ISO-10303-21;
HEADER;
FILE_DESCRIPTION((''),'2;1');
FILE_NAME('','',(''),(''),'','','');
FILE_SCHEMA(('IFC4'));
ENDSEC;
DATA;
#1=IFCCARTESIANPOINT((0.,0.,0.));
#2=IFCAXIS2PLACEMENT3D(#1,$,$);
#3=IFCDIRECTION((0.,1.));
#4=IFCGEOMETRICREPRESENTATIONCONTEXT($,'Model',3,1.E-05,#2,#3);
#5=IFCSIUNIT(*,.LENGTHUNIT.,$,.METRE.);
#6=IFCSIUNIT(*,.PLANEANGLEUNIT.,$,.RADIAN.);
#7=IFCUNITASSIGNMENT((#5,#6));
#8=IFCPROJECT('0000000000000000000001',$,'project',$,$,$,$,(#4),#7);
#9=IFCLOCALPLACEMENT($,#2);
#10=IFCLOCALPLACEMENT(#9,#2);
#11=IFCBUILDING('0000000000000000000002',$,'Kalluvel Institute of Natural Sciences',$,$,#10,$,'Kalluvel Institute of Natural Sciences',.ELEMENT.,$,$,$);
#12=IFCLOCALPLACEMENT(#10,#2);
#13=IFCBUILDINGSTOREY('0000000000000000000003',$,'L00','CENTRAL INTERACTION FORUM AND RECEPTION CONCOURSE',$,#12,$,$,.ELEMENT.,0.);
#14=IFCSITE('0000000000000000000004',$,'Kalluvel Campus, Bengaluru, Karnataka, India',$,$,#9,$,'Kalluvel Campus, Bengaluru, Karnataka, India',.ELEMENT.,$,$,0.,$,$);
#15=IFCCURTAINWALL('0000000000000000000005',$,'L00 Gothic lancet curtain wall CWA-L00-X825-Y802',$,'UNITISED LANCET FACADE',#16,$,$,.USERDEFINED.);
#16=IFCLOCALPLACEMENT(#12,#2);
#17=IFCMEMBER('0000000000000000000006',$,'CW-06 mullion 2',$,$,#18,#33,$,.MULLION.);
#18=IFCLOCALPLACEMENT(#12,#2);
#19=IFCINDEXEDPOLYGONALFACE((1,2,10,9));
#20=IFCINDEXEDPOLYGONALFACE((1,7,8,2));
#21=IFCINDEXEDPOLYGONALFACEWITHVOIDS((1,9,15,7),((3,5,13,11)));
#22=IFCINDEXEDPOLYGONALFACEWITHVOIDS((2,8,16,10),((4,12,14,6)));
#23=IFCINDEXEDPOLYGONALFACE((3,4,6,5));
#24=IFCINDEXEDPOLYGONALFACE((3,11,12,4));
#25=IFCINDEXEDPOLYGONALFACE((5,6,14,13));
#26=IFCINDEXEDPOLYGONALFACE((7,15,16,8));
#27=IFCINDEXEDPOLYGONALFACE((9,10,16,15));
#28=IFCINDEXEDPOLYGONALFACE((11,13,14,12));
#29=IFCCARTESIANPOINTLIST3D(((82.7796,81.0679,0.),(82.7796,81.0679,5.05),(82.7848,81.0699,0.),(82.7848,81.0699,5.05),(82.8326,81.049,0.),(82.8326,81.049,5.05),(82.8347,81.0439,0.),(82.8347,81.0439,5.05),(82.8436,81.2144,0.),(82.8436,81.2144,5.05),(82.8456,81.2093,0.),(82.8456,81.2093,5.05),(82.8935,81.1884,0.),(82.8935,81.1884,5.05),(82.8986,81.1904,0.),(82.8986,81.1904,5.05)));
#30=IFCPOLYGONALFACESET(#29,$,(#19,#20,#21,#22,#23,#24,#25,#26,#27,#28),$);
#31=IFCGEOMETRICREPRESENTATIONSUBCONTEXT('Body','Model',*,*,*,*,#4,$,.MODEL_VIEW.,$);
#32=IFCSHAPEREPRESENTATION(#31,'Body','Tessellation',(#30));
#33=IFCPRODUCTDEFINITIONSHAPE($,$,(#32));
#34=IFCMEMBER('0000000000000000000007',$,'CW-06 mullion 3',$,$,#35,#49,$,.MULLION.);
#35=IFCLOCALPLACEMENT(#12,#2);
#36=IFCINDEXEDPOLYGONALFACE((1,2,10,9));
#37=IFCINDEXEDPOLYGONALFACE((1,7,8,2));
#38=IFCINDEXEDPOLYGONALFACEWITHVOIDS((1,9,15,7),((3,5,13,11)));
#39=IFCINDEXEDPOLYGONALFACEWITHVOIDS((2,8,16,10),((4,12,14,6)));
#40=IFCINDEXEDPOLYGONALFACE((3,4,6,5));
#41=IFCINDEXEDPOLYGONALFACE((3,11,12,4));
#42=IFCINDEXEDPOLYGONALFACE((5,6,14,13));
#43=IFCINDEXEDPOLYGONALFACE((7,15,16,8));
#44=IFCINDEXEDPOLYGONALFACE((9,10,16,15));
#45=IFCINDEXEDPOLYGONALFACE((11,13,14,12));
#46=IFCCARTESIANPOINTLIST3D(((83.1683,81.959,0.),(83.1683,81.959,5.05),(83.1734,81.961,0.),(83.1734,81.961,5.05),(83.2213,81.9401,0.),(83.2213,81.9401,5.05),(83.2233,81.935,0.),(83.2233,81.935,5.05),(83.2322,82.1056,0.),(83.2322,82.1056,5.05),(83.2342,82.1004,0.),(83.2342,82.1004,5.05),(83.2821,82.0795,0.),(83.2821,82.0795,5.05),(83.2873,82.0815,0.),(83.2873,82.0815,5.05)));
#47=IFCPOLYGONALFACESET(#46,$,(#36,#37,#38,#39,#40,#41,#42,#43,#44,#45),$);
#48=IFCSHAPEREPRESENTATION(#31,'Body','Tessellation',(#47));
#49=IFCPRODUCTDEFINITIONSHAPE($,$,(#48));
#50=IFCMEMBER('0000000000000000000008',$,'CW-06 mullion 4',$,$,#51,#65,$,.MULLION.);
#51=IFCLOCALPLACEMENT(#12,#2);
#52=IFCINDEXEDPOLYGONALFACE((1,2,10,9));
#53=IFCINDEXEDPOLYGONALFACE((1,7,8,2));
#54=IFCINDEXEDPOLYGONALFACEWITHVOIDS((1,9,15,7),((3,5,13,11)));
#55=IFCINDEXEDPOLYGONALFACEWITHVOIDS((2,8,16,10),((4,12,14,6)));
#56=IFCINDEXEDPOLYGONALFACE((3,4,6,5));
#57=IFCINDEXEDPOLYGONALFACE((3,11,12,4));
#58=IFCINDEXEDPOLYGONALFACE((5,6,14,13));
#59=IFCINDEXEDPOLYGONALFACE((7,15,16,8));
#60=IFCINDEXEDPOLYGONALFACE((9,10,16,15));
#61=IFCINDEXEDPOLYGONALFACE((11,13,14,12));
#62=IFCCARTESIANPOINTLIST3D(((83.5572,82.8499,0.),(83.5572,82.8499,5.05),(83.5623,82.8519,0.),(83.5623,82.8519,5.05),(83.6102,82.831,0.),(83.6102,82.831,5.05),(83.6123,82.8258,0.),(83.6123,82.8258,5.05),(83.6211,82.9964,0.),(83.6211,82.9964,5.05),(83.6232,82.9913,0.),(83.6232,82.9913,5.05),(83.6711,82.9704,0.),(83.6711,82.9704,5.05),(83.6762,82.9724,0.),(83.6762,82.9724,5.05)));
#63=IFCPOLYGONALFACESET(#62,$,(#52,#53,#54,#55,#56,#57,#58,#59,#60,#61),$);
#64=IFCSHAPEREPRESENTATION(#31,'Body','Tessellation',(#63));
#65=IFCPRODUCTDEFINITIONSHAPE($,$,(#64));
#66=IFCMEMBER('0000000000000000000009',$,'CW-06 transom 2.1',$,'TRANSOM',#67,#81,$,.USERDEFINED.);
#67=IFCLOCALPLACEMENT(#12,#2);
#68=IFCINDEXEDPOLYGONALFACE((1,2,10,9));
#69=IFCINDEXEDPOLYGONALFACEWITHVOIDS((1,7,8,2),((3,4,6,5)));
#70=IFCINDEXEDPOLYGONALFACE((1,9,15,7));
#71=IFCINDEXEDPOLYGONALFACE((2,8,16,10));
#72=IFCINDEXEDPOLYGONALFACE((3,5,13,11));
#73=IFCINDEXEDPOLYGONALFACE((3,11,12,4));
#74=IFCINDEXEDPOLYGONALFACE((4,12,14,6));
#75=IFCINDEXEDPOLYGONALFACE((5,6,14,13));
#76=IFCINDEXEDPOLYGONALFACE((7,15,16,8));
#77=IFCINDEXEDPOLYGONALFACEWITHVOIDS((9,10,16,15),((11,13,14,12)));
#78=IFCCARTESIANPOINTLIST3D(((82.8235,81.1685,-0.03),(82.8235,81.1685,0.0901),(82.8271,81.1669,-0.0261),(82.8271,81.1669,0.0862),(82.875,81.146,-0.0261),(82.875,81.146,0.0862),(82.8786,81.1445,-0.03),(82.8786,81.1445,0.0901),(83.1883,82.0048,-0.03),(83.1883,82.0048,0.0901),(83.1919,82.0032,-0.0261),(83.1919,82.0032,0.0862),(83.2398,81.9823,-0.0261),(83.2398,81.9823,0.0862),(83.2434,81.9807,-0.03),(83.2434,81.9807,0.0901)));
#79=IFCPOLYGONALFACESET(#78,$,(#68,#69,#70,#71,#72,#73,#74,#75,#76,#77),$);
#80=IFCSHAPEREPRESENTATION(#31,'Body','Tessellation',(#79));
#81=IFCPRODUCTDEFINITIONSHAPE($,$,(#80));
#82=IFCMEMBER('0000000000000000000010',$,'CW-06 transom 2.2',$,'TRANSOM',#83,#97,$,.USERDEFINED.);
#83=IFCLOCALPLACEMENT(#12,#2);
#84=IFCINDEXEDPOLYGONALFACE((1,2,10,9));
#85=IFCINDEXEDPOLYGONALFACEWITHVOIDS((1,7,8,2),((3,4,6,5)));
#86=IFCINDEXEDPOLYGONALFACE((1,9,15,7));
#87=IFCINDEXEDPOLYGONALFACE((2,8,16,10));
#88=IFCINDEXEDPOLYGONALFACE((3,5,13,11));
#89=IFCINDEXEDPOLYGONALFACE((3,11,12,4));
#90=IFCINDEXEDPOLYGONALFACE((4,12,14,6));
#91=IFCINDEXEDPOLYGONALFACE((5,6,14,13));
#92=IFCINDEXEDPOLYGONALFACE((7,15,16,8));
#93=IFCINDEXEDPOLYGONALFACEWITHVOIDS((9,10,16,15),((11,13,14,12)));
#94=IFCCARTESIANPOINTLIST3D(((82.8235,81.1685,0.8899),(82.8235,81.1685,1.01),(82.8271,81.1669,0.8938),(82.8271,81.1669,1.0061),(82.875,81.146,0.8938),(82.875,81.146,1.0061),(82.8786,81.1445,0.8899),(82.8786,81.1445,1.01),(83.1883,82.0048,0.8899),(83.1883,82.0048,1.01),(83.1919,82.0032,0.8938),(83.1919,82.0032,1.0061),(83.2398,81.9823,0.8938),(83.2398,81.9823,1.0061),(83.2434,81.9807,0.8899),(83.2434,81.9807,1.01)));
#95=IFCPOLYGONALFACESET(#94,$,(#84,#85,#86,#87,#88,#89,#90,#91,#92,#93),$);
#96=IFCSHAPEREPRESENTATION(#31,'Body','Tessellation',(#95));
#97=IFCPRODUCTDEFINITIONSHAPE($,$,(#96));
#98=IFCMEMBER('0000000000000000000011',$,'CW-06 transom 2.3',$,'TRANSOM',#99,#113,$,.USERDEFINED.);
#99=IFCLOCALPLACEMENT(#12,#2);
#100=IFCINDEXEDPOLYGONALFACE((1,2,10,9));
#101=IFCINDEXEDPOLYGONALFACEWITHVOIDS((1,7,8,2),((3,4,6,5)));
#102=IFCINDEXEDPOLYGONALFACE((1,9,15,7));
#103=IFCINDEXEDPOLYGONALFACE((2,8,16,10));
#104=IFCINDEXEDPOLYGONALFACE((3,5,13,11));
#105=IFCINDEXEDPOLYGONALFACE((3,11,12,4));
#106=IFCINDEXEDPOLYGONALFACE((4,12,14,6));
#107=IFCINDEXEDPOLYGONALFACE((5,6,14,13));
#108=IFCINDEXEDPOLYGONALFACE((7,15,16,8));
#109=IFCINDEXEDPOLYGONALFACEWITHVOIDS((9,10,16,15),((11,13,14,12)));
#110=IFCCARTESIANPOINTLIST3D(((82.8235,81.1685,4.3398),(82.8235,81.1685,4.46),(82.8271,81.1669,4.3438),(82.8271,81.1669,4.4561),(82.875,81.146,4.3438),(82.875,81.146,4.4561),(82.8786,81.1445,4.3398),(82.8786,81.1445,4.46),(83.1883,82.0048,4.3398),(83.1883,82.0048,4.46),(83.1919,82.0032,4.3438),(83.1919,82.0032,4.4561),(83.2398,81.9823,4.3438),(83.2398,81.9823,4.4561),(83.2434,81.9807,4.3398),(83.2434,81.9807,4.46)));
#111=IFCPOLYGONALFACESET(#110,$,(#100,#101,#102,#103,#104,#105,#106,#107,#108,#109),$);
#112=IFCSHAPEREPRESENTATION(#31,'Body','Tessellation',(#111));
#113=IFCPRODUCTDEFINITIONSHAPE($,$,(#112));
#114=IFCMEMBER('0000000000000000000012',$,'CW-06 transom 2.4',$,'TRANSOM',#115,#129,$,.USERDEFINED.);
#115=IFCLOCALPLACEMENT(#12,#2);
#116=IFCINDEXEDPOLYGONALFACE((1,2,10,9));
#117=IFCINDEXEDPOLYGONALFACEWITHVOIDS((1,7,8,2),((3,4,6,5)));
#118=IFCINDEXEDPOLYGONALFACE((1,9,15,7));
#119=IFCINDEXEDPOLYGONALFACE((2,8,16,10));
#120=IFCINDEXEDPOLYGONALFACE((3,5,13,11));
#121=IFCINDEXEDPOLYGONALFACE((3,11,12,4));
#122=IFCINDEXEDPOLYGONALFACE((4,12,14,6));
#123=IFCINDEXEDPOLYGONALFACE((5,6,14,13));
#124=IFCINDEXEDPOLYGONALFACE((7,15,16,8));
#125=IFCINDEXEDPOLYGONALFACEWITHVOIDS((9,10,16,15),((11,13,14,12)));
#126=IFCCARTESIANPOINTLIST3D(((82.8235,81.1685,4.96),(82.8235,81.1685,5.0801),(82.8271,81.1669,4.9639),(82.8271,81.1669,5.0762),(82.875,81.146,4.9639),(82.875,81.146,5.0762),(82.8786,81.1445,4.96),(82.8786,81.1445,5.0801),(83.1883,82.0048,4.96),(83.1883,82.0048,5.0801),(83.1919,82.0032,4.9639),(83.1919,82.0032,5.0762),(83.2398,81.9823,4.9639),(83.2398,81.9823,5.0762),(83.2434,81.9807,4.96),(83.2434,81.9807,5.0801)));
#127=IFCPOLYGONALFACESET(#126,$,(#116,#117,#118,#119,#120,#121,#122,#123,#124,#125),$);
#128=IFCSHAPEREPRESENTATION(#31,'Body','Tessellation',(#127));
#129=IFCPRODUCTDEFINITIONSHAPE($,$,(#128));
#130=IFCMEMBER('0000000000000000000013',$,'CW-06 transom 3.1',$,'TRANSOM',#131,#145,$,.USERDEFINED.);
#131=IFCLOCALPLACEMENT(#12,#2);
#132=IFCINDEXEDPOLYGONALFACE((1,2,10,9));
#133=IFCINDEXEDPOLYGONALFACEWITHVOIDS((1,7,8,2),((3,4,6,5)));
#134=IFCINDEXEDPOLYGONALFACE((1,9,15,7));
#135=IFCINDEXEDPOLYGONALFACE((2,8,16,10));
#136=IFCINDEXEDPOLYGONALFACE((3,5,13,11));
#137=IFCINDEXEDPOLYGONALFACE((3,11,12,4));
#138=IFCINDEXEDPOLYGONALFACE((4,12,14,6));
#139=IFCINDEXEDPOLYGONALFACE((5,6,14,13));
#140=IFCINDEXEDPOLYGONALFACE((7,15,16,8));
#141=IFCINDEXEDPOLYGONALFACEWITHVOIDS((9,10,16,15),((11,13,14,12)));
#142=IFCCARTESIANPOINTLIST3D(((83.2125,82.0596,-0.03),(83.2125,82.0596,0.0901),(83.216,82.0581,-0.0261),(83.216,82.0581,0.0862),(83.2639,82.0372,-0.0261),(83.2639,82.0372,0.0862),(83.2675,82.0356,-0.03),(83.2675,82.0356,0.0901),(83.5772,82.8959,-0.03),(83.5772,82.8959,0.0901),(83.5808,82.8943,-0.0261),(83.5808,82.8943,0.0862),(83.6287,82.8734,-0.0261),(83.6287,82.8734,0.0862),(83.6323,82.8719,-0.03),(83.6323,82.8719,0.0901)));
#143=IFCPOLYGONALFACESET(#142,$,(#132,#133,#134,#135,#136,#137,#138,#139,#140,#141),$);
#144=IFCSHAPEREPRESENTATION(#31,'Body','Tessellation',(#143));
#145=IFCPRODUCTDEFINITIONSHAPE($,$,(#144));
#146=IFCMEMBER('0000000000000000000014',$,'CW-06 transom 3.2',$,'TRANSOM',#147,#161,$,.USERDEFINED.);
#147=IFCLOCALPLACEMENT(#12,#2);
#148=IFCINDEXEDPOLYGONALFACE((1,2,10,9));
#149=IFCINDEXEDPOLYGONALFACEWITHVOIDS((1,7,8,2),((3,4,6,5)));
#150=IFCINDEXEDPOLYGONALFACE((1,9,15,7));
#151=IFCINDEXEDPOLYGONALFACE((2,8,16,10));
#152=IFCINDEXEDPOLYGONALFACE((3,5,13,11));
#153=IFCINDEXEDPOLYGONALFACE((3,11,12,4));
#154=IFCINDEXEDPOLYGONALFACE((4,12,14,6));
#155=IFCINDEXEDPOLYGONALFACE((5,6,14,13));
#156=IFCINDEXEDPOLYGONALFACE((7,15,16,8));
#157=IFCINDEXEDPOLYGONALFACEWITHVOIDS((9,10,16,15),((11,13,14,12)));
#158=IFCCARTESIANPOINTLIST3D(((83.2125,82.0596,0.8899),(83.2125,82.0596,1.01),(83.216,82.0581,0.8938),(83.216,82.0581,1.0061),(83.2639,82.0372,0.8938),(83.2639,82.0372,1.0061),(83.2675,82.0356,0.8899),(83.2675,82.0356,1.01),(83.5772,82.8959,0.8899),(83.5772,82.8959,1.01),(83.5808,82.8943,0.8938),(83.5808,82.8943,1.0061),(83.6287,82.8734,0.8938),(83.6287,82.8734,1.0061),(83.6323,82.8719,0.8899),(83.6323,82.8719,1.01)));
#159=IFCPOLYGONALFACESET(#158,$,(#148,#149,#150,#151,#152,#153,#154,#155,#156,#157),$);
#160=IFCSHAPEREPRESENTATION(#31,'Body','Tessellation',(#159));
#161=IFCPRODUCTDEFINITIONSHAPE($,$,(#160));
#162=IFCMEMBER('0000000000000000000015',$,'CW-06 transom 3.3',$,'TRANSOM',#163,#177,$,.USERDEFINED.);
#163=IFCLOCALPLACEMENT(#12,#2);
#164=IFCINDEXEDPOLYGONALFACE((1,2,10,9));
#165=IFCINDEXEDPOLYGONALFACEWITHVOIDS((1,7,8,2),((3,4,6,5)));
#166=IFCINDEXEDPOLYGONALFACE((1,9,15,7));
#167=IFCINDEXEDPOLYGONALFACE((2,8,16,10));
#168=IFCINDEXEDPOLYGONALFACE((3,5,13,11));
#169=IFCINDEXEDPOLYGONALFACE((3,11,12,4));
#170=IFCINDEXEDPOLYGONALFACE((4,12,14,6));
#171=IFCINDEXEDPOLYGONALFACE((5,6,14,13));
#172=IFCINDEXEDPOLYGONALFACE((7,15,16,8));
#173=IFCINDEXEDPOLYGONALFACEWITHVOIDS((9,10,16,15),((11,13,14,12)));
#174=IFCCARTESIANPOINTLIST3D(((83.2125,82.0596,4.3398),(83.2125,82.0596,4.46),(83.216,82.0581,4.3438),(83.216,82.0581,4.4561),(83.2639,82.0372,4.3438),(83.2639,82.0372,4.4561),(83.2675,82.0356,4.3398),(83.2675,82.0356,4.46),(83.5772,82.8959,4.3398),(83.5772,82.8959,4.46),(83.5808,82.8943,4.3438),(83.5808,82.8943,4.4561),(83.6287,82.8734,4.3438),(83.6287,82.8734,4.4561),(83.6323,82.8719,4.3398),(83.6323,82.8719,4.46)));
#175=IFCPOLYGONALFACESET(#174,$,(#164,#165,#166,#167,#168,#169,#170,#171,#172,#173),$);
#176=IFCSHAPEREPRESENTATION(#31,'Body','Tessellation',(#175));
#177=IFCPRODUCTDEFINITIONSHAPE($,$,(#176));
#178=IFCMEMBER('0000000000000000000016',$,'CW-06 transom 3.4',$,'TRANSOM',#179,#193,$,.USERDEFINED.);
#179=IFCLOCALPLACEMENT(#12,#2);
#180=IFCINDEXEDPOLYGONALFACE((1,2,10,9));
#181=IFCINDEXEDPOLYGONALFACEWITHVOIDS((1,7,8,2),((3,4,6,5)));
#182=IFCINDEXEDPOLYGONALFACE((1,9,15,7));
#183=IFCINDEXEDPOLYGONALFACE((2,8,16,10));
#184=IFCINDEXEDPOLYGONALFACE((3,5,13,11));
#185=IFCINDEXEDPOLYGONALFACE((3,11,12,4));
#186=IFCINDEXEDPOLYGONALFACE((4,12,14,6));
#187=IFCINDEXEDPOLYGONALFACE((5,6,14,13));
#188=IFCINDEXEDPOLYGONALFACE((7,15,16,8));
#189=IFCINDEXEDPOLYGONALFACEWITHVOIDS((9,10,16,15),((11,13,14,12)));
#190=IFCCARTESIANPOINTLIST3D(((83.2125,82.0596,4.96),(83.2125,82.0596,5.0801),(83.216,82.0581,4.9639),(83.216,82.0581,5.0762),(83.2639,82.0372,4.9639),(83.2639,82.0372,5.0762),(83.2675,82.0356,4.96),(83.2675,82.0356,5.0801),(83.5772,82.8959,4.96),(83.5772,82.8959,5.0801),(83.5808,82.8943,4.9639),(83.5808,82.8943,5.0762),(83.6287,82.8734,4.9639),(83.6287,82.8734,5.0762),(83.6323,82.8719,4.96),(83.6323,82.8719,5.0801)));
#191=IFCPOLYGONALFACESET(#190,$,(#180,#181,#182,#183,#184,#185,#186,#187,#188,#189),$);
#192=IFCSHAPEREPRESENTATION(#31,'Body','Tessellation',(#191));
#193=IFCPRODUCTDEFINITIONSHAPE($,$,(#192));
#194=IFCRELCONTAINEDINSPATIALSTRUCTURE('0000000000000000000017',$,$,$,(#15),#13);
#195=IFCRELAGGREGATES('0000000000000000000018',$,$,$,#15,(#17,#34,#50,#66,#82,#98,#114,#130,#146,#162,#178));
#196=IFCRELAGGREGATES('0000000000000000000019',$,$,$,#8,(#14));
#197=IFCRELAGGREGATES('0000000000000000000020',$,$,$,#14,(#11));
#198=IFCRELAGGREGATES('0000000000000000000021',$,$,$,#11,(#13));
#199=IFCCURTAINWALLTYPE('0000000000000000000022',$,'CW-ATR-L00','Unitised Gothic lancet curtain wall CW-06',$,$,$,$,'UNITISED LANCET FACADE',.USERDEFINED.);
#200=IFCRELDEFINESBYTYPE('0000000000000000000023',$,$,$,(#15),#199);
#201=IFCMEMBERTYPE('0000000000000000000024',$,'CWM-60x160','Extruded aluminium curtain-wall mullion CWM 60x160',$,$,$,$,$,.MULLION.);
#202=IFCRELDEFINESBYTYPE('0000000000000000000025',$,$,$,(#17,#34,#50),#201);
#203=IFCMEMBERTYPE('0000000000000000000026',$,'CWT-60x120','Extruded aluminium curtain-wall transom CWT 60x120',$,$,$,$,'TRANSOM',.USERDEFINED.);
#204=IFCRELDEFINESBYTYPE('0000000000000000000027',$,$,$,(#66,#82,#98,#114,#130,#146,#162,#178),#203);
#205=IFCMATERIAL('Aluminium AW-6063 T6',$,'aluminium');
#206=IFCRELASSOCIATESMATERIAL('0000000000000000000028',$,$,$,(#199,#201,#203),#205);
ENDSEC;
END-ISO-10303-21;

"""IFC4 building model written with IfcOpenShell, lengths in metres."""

from ifc_helpers import new_model, si_unit, direction, frame, origin, origin_2d, place, context, subcontext, project, spatial, hollow_rectangle, extrude, material, material_profile, profile_set, type_object, element, aggregate, save


model = new_model("IFC4")

# Units and contexts
model_context = context("Model", 3, precision=1e-05, world=origin(), true_north=direction((0.0, 1.0)))
body_context = subcontext(model_context, "Body", "Model", "MODEL_VIEW")
ifc_project = project(units=[si_unit("LENGTHUNIT", "METRE"), si_unit("PLANEANGLEUNIT", "RADIAN")], contexts=[model_context])

# Site, building, storey
site_placement = place(None, origin())
site = spatial("IfcSite", under=ifc_project, at=site_placement, Name="Kalluvel Campus, Bengaluru, Karnataka, India", LongName="Kalluvel Campus, Bengaluru, Karnataka, India", CompositionType="ELEMENT", RefElevation=0.0)
building_placement = place(site_placement, origin())
building = spatial("IfcBuilding", under=site, at=building_placement, Name="Kalluvel Institute of Natural Sciences", LongName="Kalluvel Institute of Natural Sciences", CompositionType="ELEMENT")
storey_placement = place(building_placement, origin())
storey = spatial("IfcBuildingStorey", under=building, at=storey_placement, Name="L00", Description="CENTRAL INTERACTION FORUM AND RECEPTION CONCOURSE", CompositionType="ELEMENT", Elevation=0.0)

# Curtain wall, members
ifc_material_1 = material(Name="Aluminium AW-6063 T6", Category="aluminium")
curtain_wall_type = type_object("IfcCurtainWallType", Name="CW-ATR-L00", Description="Unitised Gothic lancet curtain wall CW-06", ElementType="UNITISED LANCET FACADE", PredefinedType="USERDEFINED", material=ifc_material_1)
curtain_wall_placement = place(storey_placement, origin())
curtain_wall = element("IfcCurtainWall", 1, at=curtain_wall_placement, inside=storey, type_object=curtain_wall_type, Name="L00 Gothic lancet curtain wall CWA-L00-X825-Y802", ObjectType="UNITISED LANCET FACADE", PredefinedType="USERDEFINED")
ifc_material_profile_1 = material_profile(ifc_material_1, hollow_rectangle(XDim=0.0601, YDim=0.1599, WallThickness=0.0039, at=origin_2d()), Name="CWM 60x160")
ifc_profile_set_1 = profile_set([ifc_material_profile_1], Name="Aluminium AW-6063 T6")
member_type_1 = type_object("IfcMemberType", Name="CWM-60x160", Description="Extruded aluminium curtain-wall mullion CWM 60x160", PredefinedType="MULLION", material=ifc_profile_set_1)
member_1_placement = place(storey_placement, frame((82.8391, 81.1292, 0.0), z_axis=(0.0, 0.0, 1.0), x_axis=(-0.916571, 0.399873, 0.0)))
member_1 = element("IfcMember", 2, at=member_1_placement, type_object=member_type_1, Name="CW-06 mullion 2", PredefinedType="MULLION", context=body_context, shape_type="SweptSolid", body=[
    extrude(hollow_rectangle(XDim=0.0601, YDim=0.1599, WallThickness=0.0039, at=origin_2d()), origin(), (0.0, 0.0, 1.0), 5.05),
])
member_2_placement = place(storey_placement, frame((83.2278, 82.0203, 0.0), z_axis=(0.0, 0.0, 1.0), x_axis=(-0.916571, 0.399873, 0.0)))
member_2 = element("IfcMember", 3, at=member_2_placement, type_object=member_type_1, Name="CW-06 mullion 3", PredefinedType="MULLION", context=body_context, shape_type="SweptSolid", body=[
    extrude(hollow_rectangle(XDim=0.0601, YDim=0.1599, WallThickness=0.0039, at=origin_2d()), origin(), (0.0, 0.0, 1.0), 5.05),
])
member_3_placement = place(storey_placement, frame((83.6167, 82.9111, 0.0), z_axis=(0.0, 0.0, 1.0), x_axis=(-0.916571, 0.399873, 0.0)))
member_3 = element("IfcMember", 4, at=member_3_placement, type_object=member_type_1, Name="CW-06 mullion 4", PredefinedType="MULLION", context=body_context, shape_type="SweptSolid", body=[
    extrude(hollow_rectangle(XDim=0.0601, YDim=0.1599, WallThickness=0.0039, at=origin_2d()), origin(), (0.0, 0.0, 1.0), 5.05),
])
ifc_material_profile_2 = material_profile(ifc_material_1, hollow_rectangle(XDim=0.0601, YDim=0.1201, WallThickness=0.0039, at=origin_2d()), Name="CWT 60x120")
ifc_profile_set_2 = profile_set([ifc_material_profile_2], Name="Aluminium AW-6063 T6")
member_type_2 = type_object("IfcMemberType", Name="CWT-60x120", Description="Extruded aluminium curtain-wall transom CWT 60x120", ElementType="TRANSOM", PredefinedType="USERDEFINED", material=ifc_profile_set_2)
member_4_placement = place(storey_placement, frame((82.8511, 81.1565, 0.03), z_axis=(0.399822, 0.916593, 0.0), x_axis=(-0.916593, 0.399822, 0.0)))
member_4 = element("IfcMember", 5, at=member_4_placement, type_object=member_type_2, Name="CW-06 transom 2.1", ObjectType="TRANSOM", PredefinedType="USERDEFINED", context=body_context, shape_type="SweptSolid", body=[
    extrude(hollow_rectangle(XDim=0.0601, YDim=0.1201, WallThickness=0.0039, at=origin_2d()), origin(), (0.0, 0.0, 1.0), 0.9124),
])
member_5_placement = place(storey_placement, frame((82.8511, 81.1565, 0.95), z_axis=(0.399822, 0.916593, 0.0), x_axis=(-0.916593, 0.399822, 0.0)))
member_5 = element("IfcMember", 6, at=member_5_placement, type_object=member_type_2, Name="CW-06 transom 2.2", ObjectType="TRANSOM", PredefinedType="USERDEFINED", context=body_context, shape_type="SweptSolid", body=[
    extrude(hollow_rectangle(XDim=0.0601, YDim=0.1201, WallThickness=0.0039, at=origin_2d()), origin(), (0.0, 0.0, 1.0), 0.9124),
])
member_6_placement = place(storey_placement, frame((82.8511, 81.1565, 4.3999), z_axis=(0.399822, 0.916593, 0.0), x_axis=(-0.916593, 0.399822, 0.0)))
member_6 = element("IfcMember", 7, at=member_6_placement, type_object=member_type_2, Name="CW-06 transom 2.3", ObjectType="TRANSOM", PredefinedType="USERDEFINED", context=body_context, shape_type="SweptSolid", body=[
    extrude(hollow_rectangle(XDim=0.0601, YDim=0.1201, WallThickness=0.0039, at=origin_2d()), origin(), (0.0, 0.0, 1.0), 0.9124),
])
member_7_placement = place(storey_placement, frame((82.8511, 81.1565, 5.02), z_axis=(0.399822, 0.916593, 0.0), x_axis=(-0.916593, 0.399822, 0.0)))
member_7 = element("IfcMember", 8, at=member_7_placement, type_object=member_type_2, Name="CW-06 transom 2.4", ObjectType="TRANSOM", PredefinedType="USERDEFINED", context=body_context, shape_type="SweptSolid", body=[
    extrude(hollow_rectangle(XDim=0.0601, YDim=0.1201, WallThickness=0.0039, at=origin_2d()), origin(), (0.0, 0.0, 1.0), 0.9124),
])
member_8_placement = place(storey_placement, frame((83.24, 82.0476, 0.03), z_axis=(0.399822, 0.916593, 0.0), x_axis=(-0.916593, 0.399822, 0.0)))
member_8 = element("IfcMember", 9, at=member_8_placement, type_object=member_type_2, Name="CW-06 transom 3.1", ObjectType="TRANSOM", PredefinedType="USERDEFINED", context=body_context, shape_type="SweptSolid", body=[
    extrude(hollow_rectangle(XDim=0.0601, YDim=0.1201, WallThickness=0.0039, at=origin_2d()), origin(), (0.0, 0.0, 1.0), 0.9124),
])
member_9_placement = place(storey_placement, frame((83.24, 82.0476, 0.95), z_axis=(0.399822, 0.916593, 0.0), x_axis=(-0.916593, 0.399822, 0.0)))
member_9 = element("IfcMember", 10, at=member_9_placement, type_object=member_type_2, Name="CW-06 transom 3.2", ObjectType="TRANSOM", PredefinedType="USERDEFINED", context=body_context, shape_type="SweptSolid", body=[
    extrude(hollow_rectangle(XDim=0.0601, YDim=0.1201, WallThickness=0.0039, at=origin_2d()), origin(), (0.0, 0.0, 1.0), 0.9124),
])
member_10_placement = place(storey_placement, frame((83.24, 82.0476, 4.3999), z_axis=(0.399822, 0.916593, 0.0), x_axis=(-0.916593, 0.399822, 0.0)))
member_10 = element("IfcMember", 11, at=member_10_placement, type_object=member_type_2, Name="CW-06 transom 3.3", ObjectType="TRANSOM", PredefinedType="USERDEFINED", context=body_context, shape_type="SweptSolid", body=[
    extrude(hollow_rectangle(XDim=0.0601, YDim=0.1201, WallThickness=0.0039, at=origin_2d()), origin(), (0.0, 0.0, 1.0), 0.9124),
])
member_11_placement = place(storey_placement, frame((83.24, 82.0476, 5.02), z_axis=(0.399822, 0.916593, 0.0), x_axis=(-0.916593, 0.399822, 0.0)))
member_11 = element("IfcMember", 12, at=member_11_placement, type_object=member_type_2, Name="CW-06 transom 3.4", ObjectType="TRANSOM", PredefinedType="USERDEFINED", context=body_context, shape_type="SweptSolid", body=[
    extrude(hollow_rectangle(XDim=0.0601, YDim=0.1201, WallThickness=0.0039, at=origin_2d()), origin(), (0.0, 0.0, 1.0), 0.9124),
])
aggregate(curtain_wall, [member_1, member_2, member_3, member_4, member_5, member_6, member_7, member_8, member_9, member_10, member_11])

save(model, "model.ifc")
